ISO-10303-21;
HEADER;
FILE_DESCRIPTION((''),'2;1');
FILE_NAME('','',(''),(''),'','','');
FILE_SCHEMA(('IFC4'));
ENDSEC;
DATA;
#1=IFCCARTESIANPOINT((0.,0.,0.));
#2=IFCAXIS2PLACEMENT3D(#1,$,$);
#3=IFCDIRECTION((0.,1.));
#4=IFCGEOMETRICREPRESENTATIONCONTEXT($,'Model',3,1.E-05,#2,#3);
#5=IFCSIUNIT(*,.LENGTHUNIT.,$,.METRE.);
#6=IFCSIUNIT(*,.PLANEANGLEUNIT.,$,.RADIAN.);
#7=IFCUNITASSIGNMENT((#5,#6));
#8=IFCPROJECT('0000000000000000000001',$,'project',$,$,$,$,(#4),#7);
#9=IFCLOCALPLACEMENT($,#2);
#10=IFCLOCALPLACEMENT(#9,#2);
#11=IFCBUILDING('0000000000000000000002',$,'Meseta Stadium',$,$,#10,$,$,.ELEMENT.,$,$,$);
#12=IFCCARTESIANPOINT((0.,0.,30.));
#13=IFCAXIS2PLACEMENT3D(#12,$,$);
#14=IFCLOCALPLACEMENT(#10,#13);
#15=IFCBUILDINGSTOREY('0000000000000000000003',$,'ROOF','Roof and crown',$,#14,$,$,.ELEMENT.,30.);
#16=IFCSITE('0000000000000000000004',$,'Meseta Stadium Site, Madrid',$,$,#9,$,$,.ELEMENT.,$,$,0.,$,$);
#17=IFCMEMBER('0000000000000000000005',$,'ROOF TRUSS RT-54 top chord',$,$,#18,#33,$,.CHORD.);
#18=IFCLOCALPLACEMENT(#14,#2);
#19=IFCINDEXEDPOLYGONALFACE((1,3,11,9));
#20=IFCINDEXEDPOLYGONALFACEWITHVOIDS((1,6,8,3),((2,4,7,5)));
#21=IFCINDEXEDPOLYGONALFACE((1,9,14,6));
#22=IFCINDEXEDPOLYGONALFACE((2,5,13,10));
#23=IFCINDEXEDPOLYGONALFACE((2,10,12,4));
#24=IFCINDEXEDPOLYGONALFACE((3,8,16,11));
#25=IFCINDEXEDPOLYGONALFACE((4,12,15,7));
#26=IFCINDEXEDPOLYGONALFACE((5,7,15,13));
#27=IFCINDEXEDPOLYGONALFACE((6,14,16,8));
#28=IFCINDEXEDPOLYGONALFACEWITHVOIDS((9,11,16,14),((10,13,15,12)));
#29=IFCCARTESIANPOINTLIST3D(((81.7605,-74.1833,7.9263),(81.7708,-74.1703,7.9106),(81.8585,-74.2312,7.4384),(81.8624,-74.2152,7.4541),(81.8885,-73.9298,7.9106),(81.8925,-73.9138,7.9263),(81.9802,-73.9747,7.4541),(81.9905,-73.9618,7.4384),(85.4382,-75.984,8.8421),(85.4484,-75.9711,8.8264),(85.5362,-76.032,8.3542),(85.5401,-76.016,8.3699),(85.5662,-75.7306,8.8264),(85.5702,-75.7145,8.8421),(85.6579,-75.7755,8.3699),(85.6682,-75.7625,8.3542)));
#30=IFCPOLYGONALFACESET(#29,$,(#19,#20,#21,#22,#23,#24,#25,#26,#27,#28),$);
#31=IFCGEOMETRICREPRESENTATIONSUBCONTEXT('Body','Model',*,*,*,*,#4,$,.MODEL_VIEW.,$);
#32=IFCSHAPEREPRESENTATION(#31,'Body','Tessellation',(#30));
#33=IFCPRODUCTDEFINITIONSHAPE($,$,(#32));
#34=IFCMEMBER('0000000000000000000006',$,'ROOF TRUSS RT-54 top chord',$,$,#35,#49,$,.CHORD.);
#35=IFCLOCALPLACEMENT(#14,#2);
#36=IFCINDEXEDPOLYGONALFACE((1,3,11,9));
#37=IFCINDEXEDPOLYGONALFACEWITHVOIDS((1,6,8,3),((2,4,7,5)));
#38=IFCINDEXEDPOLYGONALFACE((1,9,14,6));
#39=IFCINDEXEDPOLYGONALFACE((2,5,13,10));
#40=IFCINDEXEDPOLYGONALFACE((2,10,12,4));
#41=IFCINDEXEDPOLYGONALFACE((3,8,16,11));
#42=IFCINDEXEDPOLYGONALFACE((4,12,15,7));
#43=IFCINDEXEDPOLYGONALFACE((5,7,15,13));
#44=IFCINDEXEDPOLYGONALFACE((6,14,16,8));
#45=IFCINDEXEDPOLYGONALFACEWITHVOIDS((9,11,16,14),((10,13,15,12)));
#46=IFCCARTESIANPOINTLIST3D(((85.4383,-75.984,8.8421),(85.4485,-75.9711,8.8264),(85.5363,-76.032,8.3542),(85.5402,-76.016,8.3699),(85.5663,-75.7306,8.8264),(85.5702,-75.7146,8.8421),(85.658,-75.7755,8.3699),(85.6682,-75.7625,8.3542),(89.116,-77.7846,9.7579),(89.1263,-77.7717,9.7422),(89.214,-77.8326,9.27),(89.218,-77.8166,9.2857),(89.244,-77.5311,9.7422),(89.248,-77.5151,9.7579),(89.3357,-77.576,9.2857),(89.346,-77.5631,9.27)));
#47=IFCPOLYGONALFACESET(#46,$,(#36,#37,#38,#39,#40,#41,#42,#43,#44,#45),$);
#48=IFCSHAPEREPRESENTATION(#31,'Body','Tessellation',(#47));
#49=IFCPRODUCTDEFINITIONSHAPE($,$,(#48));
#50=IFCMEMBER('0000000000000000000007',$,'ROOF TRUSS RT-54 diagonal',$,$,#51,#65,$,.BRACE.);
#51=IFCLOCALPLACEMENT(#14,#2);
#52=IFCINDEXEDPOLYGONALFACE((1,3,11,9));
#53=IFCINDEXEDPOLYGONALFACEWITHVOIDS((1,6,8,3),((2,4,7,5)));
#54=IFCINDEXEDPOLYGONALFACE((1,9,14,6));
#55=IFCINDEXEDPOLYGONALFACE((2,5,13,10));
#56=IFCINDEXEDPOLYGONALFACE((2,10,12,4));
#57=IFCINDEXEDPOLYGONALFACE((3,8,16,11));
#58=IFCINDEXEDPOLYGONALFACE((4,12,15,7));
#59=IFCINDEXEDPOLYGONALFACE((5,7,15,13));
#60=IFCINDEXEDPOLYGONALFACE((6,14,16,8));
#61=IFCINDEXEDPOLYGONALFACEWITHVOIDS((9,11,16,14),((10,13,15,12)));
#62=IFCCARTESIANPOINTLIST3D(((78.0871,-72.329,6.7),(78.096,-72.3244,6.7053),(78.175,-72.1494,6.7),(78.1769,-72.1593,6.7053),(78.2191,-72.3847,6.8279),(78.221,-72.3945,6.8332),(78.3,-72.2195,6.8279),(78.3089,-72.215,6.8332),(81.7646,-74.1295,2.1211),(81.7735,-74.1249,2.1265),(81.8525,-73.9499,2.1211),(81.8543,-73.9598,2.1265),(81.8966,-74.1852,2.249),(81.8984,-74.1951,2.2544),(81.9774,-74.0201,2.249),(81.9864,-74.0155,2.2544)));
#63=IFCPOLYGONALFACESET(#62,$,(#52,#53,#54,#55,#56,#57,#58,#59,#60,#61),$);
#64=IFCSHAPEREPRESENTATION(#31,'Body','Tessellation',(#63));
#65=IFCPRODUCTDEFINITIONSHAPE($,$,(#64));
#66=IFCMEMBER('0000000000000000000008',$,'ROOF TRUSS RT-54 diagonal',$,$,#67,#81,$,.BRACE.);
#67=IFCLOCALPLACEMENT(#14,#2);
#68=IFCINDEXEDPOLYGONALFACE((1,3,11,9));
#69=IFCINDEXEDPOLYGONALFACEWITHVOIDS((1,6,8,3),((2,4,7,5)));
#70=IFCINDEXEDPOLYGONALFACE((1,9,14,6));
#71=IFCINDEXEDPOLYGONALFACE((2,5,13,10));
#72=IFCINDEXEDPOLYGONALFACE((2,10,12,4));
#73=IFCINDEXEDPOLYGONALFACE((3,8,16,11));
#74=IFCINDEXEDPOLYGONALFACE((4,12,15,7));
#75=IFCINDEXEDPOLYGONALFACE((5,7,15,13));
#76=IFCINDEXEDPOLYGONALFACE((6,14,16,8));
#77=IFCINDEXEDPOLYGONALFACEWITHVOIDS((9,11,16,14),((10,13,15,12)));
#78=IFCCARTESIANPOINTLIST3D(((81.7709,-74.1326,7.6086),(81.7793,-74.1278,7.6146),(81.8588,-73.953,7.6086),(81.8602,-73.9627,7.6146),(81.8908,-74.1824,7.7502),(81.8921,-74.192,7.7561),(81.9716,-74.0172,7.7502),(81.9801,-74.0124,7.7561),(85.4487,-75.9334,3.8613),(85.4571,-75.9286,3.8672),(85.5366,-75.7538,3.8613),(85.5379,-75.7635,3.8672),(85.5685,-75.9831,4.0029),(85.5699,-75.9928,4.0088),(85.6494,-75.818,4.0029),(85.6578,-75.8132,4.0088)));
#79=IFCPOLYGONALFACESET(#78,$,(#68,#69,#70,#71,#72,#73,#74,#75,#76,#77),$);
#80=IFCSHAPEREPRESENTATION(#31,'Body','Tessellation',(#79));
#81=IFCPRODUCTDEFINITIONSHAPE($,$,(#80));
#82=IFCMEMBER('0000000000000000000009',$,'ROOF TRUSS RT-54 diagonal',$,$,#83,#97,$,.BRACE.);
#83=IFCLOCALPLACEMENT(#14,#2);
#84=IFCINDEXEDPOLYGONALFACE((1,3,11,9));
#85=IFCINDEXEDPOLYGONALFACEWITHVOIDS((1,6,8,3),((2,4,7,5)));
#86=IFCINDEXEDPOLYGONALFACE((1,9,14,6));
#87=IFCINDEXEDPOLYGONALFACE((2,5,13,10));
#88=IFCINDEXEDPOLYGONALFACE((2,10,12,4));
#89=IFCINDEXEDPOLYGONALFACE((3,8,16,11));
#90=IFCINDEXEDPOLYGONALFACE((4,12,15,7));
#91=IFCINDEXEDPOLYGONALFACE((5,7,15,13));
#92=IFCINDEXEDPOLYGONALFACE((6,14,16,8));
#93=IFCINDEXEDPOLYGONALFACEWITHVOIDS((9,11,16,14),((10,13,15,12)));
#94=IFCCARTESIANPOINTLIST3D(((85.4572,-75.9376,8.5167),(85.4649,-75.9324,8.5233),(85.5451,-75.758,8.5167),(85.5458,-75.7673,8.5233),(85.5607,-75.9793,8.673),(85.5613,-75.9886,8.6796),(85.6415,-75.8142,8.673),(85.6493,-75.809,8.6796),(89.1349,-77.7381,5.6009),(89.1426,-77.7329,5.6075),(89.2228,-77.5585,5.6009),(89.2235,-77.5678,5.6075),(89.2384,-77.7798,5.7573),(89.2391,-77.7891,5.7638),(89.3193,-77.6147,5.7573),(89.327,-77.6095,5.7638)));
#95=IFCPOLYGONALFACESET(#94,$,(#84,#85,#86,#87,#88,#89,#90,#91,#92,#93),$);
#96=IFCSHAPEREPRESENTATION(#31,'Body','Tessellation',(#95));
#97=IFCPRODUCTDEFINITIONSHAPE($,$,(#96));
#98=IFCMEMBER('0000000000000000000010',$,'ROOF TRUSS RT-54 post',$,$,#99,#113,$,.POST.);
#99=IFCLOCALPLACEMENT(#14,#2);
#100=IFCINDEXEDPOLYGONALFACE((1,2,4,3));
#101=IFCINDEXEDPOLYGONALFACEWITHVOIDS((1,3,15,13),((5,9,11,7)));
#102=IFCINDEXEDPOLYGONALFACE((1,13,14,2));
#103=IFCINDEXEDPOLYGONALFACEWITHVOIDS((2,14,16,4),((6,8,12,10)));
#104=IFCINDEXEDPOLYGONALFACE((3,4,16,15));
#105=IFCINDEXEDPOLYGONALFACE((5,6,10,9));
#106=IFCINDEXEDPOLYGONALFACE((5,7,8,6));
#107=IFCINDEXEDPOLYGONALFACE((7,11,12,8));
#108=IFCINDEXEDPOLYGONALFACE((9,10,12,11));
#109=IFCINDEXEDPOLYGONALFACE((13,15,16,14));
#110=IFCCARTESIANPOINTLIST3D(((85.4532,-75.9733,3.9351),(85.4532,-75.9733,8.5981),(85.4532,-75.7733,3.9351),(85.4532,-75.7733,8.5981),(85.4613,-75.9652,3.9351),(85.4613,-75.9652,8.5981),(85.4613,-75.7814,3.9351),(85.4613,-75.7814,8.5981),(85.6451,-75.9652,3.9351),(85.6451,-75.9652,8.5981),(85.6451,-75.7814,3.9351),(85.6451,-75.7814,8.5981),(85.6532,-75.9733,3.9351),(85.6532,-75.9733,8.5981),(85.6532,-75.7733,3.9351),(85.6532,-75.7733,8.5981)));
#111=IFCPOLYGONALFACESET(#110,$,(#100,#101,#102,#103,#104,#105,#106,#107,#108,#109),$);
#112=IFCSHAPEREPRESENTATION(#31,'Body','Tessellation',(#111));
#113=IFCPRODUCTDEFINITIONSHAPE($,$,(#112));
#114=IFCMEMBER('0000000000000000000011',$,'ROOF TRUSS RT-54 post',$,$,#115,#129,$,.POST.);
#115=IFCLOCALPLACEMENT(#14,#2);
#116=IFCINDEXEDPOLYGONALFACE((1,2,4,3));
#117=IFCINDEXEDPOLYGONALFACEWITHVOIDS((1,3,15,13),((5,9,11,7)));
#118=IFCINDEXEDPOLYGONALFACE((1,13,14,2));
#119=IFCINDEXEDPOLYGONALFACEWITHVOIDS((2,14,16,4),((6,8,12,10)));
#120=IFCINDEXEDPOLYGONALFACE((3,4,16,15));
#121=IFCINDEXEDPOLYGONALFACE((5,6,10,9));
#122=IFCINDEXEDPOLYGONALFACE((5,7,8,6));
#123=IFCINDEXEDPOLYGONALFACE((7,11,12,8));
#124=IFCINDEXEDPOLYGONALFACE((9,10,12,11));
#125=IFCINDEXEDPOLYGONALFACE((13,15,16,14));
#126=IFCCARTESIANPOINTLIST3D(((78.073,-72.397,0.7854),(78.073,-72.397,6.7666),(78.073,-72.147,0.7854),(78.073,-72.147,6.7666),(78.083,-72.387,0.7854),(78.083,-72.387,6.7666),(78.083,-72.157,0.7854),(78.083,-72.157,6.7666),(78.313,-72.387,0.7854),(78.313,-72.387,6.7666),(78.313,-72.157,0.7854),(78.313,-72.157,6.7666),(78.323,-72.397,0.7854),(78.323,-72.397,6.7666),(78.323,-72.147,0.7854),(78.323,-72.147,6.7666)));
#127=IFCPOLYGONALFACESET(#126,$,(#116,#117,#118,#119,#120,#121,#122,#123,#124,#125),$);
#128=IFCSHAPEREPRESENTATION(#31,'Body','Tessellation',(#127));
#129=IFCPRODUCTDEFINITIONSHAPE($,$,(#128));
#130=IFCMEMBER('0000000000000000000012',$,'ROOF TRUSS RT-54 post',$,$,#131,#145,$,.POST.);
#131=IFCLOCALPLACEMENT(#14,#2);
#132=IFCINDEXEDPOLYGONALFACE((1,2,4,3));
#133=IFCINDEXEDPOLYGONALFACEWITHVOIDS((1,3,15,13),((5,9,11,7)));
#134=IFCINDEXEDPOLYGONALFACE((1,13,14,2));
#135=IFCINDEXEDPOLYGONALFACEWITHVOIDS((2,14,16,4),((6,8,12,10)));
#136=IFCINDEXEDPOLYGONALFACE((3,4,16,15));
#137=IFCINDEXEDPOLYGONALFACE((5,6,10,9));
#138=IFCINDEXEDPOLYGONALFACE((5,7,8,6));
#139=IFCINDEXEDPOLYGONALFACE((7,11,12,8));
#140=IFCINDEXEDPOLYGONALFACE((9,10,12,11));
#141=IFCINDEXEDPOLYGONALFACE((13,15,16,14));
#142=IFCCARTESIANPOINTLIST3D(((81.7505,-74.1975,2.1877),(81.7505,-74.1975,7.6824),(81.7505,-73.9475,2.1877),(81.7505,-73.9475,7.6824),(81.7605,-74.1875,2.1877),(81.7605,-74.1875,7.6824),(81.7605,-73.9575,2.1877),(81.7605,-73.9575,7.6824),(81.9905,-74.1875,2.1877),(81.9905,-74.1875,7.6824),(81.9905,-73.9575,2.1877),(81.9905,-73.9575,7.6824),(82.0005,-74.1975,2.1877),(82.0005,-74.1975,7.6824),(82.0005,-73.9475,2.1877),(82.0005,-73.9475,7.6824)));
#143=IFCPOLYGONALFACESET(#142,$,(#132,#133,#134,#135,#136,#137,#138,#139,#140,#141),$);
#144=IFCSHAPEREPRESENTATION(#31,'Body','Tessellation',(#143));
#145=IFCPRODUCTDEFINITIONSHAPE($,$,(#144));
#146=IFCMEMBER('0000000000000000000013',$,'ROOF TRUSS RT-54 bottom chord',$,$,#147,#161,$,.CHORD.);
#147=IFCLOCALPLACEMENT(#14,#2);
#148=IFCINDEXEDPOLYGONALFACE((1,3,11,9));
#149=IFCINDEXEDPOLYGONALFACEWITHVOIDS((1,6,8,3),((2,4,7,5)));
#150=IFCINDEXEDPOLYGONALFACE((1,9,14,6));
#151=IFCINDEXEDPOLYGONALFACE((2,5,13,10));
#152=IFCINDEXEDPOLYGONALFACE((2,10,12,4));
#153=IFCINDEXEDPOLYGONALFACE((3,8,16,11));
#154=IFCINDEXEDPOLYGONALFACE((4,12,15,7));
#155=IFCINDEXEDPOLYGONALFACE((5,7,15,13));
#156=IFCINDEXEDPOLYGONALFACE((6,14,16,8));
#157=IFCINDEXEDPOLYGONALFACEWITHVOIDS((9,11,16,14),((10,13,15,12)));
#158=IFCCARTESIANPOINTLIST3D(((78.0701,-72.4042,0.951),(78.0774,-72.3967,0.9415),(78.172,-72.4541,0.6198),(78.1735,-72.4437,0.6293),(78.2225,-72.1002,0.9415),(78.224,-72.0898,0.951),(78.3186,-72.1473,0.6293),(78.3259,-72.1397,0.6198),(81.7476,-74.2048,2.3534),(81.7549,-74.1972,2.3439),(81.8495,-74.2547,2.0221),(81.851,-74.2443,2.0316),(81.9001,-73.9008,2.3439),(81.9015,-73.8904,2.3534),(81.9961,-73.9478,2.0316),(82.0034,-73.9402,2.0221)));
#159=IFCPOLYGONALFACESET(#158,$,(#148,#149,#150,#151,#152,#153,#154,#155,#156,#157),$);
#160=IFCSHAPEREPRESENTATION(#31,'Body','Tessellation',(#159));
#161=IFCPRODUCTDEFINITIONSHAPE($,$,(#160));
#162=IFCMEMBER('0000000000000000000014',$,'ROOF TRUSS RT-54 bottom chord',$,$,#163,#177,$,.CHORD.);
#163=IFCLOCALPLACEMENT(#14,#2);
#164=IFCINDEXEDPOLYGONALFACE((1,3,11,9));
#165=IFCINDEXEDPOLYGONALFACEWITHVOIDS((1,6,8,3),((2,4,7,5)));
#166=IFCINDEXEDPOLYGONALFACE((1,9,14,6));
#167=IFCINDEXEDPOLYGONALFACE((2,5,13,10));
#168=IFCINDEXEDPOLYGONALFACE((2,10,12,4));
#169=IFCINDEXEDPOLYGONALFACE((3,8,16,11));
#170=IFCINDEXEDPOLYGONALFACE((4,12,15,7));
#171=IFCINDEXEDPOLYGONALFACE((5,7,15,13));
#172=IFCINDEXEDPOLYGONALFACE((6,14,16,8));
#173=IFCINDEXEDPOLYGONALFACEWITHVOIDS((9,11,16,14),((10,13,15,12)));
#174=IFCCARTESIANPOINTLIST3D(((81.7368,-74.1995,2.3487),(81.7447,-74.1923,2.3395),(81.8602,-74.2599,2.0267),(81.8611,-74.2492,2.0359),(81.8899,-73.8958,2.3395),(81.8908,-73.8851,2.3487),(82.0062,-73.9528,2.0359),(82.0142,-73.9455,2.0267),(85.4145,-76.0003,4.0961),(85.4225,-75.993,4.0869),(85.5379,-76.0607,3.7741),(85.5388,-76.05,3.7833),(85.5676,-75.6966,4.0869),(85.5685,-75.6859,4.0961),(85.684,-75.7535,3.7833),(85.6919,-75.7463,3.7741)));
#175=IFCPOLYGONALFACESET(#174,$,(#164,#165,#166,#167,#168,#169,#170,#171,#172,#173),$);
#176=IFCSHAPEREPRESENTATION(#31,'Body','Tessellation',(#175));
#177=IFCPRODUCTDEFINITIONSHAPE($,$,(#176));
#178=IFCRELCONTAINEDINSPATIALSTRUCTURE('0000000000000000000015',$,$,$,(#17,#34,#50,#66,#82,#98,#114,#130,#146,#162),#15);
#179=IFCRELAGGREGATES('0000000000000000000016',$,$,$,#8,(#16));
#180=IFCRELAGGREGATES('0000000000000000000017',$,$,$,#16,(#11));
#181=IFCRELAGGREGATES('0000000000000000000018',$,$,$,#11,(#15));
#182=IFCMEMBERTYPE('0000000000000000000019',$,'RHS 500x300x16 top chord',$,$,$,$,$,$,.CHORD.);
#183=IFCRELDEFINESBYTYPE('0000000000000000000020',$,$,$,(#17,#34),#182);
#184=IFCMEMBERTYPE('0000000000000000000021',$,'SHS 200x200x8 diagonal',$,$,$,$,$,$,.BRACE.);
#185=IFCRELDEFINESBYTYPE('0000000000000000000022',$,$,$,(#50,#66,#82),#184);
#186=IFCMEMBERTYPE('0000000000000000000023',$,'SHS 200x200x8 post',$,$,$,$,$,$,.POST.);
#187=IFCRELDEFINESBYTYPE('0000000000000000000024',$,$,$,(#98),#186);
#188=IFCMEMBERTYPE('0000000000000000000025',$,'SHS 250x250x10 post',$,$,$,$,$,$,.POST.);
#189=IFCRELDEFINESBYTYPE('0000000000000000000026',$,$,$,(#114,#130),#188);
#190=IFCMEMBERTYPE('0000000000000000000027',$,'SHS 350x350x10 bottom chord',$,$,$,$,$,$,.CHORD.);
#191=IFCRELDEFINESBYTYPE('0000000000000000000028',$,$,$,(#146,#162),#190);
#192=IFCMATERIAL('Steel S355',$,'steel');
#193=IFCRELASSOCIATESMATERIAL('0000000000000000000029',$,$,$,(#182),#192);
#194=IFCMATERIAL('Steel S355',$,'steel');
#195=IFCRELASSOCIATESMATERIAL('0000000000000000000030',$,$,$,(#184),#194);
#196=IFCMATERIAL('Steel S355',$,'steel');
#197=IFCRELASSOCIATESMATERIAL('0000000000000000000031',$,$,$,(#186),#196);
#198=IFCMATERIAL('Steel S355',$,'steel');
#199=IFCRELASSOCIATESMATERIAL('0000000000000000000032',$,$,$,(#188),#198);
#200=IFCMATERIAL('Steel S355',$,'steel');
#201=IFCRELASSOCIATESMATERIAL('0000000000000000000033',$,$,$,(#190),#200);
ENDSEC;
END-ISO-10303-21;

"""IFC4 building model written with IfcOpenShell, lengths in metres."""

from ifc_helpers import new_model, si_unit, direction, frame, origin, origin_2d, place, context, subcontext, project, spatial, hollow_rectangle, extrude, material, material_profile, profile_set, type_object, element, save


model = new_model("IFC4")

# Units and contexts
model_context = context("Model", 3, precision=1e-05, world=origin(), true_north=direction((0.0, 1.0)))
body_context = subcontext(model_context, "Body", "Model", "MODEL_VIEW")
ifc_project = project(units=[si_unit("LENGTHUNIT", "METRE"), si_unit("PLANEANGLEUNIT", "RADIAN")], contexts=[model_context])

# Site, building, storey
site_placement = place(None, origin())
site = spatial("IfcSite", under=ifc_project, at=site_placement, Name="Meseta Stadium Site, Madrid", CompositionType="ELEMENT", RefElevation=0.0)
building_placement = place(site_placement, origin())
building = spatial("IfcBuilding", under=site, at=building_placement, Name="Meseta Stadium", CompositionType="ELEMENT")
storey_placement = place(building_placement, frame((0.0, 0.0, 30.0)))
storey = spatial("IfcBuildingStorey", under=building, at=storey_placement, Name="ROOF", Description="Roof and crown", CompositionType="ELEMENT", Elevation=30.0)

# Members
ifc_material_1 = material(Name="Steel S355", Category="steel")
ifc_material_profile_1 = material_profile(ifc_material_1, hollow_rectangle(XDim=0.3, YDim=0.5, WallThickness=0.0161, at=origin_2d()), Name="RHS 500x300x16")
ifc_profile_set_1 = profile_set([ifc_material_profile_1], Name="Steel S355")
member_type_1 = type_object("IfcMemberType", Name="RHS 500x300x16 top chord", PredefinedType="CHORD", material=ifc_profile_set_1)
for number, where, z_axis, x_axis, name in (
    (1, (81.8755, -74.0725, 7.6824), (0.876467, -0.429157, 0.218244), (0.439758, 0.898117, 0.0), "ROOF TRUSS RT-54 top chord"),
    (2, (85.5532, -75.8733, 8.5981), (0.876489, -0.429109, 0.218249), (0.439709, 0.89814, 0.0), "ROOF TRUSS RT-54 top chord"),
):
    element("IfcMember", number, at=place(storey_placement, frame(where, z_axis=z_axis, x_axis=x_axis)), inside=storey, type_object=member_type_1, Name=name, PredefinedType="CHORD", context=body_context, shape_type="SweptSolid", body=[
        extrude(hollow_rectangle(XDim=0.3, YDim=0.5, WallThickness=0.0161, at=origin_2d()), origin(), (0.0, 0.0, 1.0), 4.196),
    ])
ifc_material_2 = material(Name="Steel S355", Category="steel")
ifc_material_profile_2 = material_profile(ifc_material_2, hollow_rectangle(XDim=0.2, YDim=0.2, WallThickness=0.0081, at=origin_2d()), Name="SHS 200x200x8")
ifc_profile_set_2 = profile_set([ifc_material_profile_2], Name="Steel S355")
member_type_2 = type_object("IfcMemberType", Name="SHS 200x200x8 diagonal", PredefinedType="BRACE", material=ifc_profile_set_2)
member_1_placement = place(storey_placement, frame((78.198, -72.272, 6.7666), z_axis=(0.598684, -0.293122, -0.745424), x_axis=(0.439733, 0.898129, 0.0)))
element("IfcMember", 3, at=member_1_placement, inside=storey, type_object=member_type_2, Name="ROOF TRUSS RT-54 diagonal", PredefinedType="BRACE", context=body_context, shape_type="SweptSolid", body=[
    extrude(hollow_rectangle(XDim=0.2, YDim=0.2, WallThickness=0.0081, at=origin_2d()), origin(), (0.0, 0.0, 1.0), 6.1426),
])
member_2_placement = place(storey_placement, frame((81.8755, -74.0725, 7.6824), z_axis=(0.662564, -0.324421, -0.6751), x_axis=(0.439758, 0.898117, 0.0)))
element("IfcMember", 4, at=member_2_placement, inside=storey, type_object=member_type_2, Name="ROOF TRUSS RT-54 diagonal", PredefinedType="BRACE", context=body_context, shape_type="SweptSolid", body=[
    extrude(hollow_rectangle(XDim=0.2, YDim=0.2, WallThickness=0.0081, at=origin_2d()), origin(), (0.0, 0.0, 1.0), 5.5508),
])
member_3_placement = place(storey_placement, frame((85.5532, -75.8733, 8.5981), z_axis=(0.731616, -0.358183, -0.580038), x_axis=(0.439709, 0.89814, 0.0)))
element("IfcMember", 5, at=member_3_placement, inside=storey, type_object=member_type_2, Name="ROOF TRUSS RT-54 diagonal", PredefinedType="BRACE", context=body_context, shape_type="SweptSolid", body=[
    extrude(hollow_rectangle(XDim=0.2, YDim=0.2, WallThickness=0.0081, at=origin_2d()), origin(), (0.0, 0.0, 1.0), 5.0269),
])
ifc_material_3 = material(Name="Steel S355", Category="steel")
ifc_material_profile_3 = material_profile(ifc_material_3, hollow_rectangle(XDim=0.2, YDim=0.2, WallThickness=0.0081, at=origin_2d()), Name="SHS 200x200x8")
ifc_profile_set_3 = profile_set([ifc_material_profile_3], Name="Steel S355")
member_type_3 = type_object("IfcMemberType", Name="SHS 200x200x8 post", PredefinedType="POST", material=ifc_profile_set_3)
member_4_placement = place(storey_placement, frame((85.5532, -75.8733, 3.9351), z_axis=(0.0, 0.0, 1.0), x_axis=(1.0, 0.0, 0.0)))
element("IfcMember", 6, at=member_4_placement, inside=storey, type_object=member_type_3, Name="ROOF TRUSS RT-54 post", PredefinedType="POST", context=body_context, shape_type="SweptSolid", body=[
    extrude(hollow_rectangle(XDim=0.2, YDim=0.2, WallThickness=0.0081, at=origin_2d()), origin(), (0.0, 0.0, 1.0), 4.6631),
])
ifc_material_4 = material(Name="Steel S355", Category="steel")
ifc_material_profile_4 = material_profile(ifc_material_4, hollow_rectangle(XDim=0.25, YDim=0.25, WallThickness=0.01, at=origin_2d()), Name="SHS 250x250x10")
ifc_profile_set_4 = profile_set([ifc_material_profile_4], Name="Steel S355")
member_type_4 = type_object("IfcMemberType", Name="SHS 250x250x10 post", PredefinedType="POST", material=ifc_profile_set_4)
member_5_placement = place(storey_placement, frame((78.198, -72.272, 0.7854), z_axis=(0.0, 0.0, 1.0), x_axis=(1.0, 0.0, 0.0)))
element("IfcMember", 7, at=member_5_placement, inside=storey, type_object=member_type_4, Name="ROOF TRUSS RT-54 post", PredefinedType="POST", context=body_context, shape_type="SweptSolid", body=[
    extrude(hollow_rectangle(XDim=0.25, YDim=0.25, WallThickness=0.01, at=origin_2d()), origin(), (0.0, 0.0, 1.0), 5.9812),
])
member_6_placement = place(storey_placement, frame((81.8755, -74.0725, 2.1877), z_axis=(0.0, 0.0, 1.0), x_axis=(1.0, 0.0, 0.0)))
element("IfcMember", 8, at=member_6_placement, inside=storey, type_object=member_type_4, Name="ROOF TRUSS RT-54 post", PredefinedType="POST", context=body_context, shape_type="SweptSolid", body=[
    extrude(hollow_rectangle(XDim=0.25, YDim=0.25, WallThickness=0.01, at=origin_2d()), origin(), (0.0, 0.0, 1.0), 5.4946),
])
ifc_material_5 = material(Name="Steel S355", Category="steel")
ifc_material_profile_5 = material_profile(ifc_material_5, hollow_rectangle(XDim=0.3501, YDim=0.3501, WallThickness=0.01, at=origin_2d()), Name="SHS 350x350x10")
ifc_profile_set_5 = profile_set([ifc_material_profile_5], Name="Steel S355")
member_type_5 = type_object("IfcMemberType", Name="SHS 350x350x10 bottom chord", PredefinedType="CHORD", material=ifc_profile_set_5)
member_7_placement = place(storey_placement, frame((78.198, -72.272, 0.7854), z_axis=(0.849678, -0.416011, 0.324009), x_axis=(0.439733, 0.898129, 0.0)))
element("IfcMember", 9, at=member_7_placement, inside=storey, type_object=member_type_5, Name="ROOF TRUSS RT-54 bottom chord", PredefinedType="CHORD", context=body_context, shape_type="SweptSolid", body=[
    extrude(hollow_rectangle(XDim=0.3501, YDim=0.3501, WallThickness=0.01, at=origin_2d()), origin(), (0.0, 0.0, 1.0), 4.3281),
])
for number, where, z_axis, x_axis, name in (
    (10, (81.8755, -74.0725, 2.1877), (0.826058, -0.404474, 0.392465), (0.439758, 0.898117, 0.0), "ROOF TRUSS RT-54 bottom chord"),
):
    element("IfcMember", number, at=place(storey_placement, frame(where, z_axis=z_axis, x_axis=x_axis)), inside=storey, type_object=member_type_5, Name=name, PredefinedType="CHORD", context=body_context, shape_type="SweptSolid", body=[
        extrude(hollow_rectangle(XDim=0.3501, YDim=0.3501, WallThickness=0.01, at=origin_2d()), origin(), (0.0, 0.0, 1.0), 4.4521),
    ])

save(model, "model.ifc")
